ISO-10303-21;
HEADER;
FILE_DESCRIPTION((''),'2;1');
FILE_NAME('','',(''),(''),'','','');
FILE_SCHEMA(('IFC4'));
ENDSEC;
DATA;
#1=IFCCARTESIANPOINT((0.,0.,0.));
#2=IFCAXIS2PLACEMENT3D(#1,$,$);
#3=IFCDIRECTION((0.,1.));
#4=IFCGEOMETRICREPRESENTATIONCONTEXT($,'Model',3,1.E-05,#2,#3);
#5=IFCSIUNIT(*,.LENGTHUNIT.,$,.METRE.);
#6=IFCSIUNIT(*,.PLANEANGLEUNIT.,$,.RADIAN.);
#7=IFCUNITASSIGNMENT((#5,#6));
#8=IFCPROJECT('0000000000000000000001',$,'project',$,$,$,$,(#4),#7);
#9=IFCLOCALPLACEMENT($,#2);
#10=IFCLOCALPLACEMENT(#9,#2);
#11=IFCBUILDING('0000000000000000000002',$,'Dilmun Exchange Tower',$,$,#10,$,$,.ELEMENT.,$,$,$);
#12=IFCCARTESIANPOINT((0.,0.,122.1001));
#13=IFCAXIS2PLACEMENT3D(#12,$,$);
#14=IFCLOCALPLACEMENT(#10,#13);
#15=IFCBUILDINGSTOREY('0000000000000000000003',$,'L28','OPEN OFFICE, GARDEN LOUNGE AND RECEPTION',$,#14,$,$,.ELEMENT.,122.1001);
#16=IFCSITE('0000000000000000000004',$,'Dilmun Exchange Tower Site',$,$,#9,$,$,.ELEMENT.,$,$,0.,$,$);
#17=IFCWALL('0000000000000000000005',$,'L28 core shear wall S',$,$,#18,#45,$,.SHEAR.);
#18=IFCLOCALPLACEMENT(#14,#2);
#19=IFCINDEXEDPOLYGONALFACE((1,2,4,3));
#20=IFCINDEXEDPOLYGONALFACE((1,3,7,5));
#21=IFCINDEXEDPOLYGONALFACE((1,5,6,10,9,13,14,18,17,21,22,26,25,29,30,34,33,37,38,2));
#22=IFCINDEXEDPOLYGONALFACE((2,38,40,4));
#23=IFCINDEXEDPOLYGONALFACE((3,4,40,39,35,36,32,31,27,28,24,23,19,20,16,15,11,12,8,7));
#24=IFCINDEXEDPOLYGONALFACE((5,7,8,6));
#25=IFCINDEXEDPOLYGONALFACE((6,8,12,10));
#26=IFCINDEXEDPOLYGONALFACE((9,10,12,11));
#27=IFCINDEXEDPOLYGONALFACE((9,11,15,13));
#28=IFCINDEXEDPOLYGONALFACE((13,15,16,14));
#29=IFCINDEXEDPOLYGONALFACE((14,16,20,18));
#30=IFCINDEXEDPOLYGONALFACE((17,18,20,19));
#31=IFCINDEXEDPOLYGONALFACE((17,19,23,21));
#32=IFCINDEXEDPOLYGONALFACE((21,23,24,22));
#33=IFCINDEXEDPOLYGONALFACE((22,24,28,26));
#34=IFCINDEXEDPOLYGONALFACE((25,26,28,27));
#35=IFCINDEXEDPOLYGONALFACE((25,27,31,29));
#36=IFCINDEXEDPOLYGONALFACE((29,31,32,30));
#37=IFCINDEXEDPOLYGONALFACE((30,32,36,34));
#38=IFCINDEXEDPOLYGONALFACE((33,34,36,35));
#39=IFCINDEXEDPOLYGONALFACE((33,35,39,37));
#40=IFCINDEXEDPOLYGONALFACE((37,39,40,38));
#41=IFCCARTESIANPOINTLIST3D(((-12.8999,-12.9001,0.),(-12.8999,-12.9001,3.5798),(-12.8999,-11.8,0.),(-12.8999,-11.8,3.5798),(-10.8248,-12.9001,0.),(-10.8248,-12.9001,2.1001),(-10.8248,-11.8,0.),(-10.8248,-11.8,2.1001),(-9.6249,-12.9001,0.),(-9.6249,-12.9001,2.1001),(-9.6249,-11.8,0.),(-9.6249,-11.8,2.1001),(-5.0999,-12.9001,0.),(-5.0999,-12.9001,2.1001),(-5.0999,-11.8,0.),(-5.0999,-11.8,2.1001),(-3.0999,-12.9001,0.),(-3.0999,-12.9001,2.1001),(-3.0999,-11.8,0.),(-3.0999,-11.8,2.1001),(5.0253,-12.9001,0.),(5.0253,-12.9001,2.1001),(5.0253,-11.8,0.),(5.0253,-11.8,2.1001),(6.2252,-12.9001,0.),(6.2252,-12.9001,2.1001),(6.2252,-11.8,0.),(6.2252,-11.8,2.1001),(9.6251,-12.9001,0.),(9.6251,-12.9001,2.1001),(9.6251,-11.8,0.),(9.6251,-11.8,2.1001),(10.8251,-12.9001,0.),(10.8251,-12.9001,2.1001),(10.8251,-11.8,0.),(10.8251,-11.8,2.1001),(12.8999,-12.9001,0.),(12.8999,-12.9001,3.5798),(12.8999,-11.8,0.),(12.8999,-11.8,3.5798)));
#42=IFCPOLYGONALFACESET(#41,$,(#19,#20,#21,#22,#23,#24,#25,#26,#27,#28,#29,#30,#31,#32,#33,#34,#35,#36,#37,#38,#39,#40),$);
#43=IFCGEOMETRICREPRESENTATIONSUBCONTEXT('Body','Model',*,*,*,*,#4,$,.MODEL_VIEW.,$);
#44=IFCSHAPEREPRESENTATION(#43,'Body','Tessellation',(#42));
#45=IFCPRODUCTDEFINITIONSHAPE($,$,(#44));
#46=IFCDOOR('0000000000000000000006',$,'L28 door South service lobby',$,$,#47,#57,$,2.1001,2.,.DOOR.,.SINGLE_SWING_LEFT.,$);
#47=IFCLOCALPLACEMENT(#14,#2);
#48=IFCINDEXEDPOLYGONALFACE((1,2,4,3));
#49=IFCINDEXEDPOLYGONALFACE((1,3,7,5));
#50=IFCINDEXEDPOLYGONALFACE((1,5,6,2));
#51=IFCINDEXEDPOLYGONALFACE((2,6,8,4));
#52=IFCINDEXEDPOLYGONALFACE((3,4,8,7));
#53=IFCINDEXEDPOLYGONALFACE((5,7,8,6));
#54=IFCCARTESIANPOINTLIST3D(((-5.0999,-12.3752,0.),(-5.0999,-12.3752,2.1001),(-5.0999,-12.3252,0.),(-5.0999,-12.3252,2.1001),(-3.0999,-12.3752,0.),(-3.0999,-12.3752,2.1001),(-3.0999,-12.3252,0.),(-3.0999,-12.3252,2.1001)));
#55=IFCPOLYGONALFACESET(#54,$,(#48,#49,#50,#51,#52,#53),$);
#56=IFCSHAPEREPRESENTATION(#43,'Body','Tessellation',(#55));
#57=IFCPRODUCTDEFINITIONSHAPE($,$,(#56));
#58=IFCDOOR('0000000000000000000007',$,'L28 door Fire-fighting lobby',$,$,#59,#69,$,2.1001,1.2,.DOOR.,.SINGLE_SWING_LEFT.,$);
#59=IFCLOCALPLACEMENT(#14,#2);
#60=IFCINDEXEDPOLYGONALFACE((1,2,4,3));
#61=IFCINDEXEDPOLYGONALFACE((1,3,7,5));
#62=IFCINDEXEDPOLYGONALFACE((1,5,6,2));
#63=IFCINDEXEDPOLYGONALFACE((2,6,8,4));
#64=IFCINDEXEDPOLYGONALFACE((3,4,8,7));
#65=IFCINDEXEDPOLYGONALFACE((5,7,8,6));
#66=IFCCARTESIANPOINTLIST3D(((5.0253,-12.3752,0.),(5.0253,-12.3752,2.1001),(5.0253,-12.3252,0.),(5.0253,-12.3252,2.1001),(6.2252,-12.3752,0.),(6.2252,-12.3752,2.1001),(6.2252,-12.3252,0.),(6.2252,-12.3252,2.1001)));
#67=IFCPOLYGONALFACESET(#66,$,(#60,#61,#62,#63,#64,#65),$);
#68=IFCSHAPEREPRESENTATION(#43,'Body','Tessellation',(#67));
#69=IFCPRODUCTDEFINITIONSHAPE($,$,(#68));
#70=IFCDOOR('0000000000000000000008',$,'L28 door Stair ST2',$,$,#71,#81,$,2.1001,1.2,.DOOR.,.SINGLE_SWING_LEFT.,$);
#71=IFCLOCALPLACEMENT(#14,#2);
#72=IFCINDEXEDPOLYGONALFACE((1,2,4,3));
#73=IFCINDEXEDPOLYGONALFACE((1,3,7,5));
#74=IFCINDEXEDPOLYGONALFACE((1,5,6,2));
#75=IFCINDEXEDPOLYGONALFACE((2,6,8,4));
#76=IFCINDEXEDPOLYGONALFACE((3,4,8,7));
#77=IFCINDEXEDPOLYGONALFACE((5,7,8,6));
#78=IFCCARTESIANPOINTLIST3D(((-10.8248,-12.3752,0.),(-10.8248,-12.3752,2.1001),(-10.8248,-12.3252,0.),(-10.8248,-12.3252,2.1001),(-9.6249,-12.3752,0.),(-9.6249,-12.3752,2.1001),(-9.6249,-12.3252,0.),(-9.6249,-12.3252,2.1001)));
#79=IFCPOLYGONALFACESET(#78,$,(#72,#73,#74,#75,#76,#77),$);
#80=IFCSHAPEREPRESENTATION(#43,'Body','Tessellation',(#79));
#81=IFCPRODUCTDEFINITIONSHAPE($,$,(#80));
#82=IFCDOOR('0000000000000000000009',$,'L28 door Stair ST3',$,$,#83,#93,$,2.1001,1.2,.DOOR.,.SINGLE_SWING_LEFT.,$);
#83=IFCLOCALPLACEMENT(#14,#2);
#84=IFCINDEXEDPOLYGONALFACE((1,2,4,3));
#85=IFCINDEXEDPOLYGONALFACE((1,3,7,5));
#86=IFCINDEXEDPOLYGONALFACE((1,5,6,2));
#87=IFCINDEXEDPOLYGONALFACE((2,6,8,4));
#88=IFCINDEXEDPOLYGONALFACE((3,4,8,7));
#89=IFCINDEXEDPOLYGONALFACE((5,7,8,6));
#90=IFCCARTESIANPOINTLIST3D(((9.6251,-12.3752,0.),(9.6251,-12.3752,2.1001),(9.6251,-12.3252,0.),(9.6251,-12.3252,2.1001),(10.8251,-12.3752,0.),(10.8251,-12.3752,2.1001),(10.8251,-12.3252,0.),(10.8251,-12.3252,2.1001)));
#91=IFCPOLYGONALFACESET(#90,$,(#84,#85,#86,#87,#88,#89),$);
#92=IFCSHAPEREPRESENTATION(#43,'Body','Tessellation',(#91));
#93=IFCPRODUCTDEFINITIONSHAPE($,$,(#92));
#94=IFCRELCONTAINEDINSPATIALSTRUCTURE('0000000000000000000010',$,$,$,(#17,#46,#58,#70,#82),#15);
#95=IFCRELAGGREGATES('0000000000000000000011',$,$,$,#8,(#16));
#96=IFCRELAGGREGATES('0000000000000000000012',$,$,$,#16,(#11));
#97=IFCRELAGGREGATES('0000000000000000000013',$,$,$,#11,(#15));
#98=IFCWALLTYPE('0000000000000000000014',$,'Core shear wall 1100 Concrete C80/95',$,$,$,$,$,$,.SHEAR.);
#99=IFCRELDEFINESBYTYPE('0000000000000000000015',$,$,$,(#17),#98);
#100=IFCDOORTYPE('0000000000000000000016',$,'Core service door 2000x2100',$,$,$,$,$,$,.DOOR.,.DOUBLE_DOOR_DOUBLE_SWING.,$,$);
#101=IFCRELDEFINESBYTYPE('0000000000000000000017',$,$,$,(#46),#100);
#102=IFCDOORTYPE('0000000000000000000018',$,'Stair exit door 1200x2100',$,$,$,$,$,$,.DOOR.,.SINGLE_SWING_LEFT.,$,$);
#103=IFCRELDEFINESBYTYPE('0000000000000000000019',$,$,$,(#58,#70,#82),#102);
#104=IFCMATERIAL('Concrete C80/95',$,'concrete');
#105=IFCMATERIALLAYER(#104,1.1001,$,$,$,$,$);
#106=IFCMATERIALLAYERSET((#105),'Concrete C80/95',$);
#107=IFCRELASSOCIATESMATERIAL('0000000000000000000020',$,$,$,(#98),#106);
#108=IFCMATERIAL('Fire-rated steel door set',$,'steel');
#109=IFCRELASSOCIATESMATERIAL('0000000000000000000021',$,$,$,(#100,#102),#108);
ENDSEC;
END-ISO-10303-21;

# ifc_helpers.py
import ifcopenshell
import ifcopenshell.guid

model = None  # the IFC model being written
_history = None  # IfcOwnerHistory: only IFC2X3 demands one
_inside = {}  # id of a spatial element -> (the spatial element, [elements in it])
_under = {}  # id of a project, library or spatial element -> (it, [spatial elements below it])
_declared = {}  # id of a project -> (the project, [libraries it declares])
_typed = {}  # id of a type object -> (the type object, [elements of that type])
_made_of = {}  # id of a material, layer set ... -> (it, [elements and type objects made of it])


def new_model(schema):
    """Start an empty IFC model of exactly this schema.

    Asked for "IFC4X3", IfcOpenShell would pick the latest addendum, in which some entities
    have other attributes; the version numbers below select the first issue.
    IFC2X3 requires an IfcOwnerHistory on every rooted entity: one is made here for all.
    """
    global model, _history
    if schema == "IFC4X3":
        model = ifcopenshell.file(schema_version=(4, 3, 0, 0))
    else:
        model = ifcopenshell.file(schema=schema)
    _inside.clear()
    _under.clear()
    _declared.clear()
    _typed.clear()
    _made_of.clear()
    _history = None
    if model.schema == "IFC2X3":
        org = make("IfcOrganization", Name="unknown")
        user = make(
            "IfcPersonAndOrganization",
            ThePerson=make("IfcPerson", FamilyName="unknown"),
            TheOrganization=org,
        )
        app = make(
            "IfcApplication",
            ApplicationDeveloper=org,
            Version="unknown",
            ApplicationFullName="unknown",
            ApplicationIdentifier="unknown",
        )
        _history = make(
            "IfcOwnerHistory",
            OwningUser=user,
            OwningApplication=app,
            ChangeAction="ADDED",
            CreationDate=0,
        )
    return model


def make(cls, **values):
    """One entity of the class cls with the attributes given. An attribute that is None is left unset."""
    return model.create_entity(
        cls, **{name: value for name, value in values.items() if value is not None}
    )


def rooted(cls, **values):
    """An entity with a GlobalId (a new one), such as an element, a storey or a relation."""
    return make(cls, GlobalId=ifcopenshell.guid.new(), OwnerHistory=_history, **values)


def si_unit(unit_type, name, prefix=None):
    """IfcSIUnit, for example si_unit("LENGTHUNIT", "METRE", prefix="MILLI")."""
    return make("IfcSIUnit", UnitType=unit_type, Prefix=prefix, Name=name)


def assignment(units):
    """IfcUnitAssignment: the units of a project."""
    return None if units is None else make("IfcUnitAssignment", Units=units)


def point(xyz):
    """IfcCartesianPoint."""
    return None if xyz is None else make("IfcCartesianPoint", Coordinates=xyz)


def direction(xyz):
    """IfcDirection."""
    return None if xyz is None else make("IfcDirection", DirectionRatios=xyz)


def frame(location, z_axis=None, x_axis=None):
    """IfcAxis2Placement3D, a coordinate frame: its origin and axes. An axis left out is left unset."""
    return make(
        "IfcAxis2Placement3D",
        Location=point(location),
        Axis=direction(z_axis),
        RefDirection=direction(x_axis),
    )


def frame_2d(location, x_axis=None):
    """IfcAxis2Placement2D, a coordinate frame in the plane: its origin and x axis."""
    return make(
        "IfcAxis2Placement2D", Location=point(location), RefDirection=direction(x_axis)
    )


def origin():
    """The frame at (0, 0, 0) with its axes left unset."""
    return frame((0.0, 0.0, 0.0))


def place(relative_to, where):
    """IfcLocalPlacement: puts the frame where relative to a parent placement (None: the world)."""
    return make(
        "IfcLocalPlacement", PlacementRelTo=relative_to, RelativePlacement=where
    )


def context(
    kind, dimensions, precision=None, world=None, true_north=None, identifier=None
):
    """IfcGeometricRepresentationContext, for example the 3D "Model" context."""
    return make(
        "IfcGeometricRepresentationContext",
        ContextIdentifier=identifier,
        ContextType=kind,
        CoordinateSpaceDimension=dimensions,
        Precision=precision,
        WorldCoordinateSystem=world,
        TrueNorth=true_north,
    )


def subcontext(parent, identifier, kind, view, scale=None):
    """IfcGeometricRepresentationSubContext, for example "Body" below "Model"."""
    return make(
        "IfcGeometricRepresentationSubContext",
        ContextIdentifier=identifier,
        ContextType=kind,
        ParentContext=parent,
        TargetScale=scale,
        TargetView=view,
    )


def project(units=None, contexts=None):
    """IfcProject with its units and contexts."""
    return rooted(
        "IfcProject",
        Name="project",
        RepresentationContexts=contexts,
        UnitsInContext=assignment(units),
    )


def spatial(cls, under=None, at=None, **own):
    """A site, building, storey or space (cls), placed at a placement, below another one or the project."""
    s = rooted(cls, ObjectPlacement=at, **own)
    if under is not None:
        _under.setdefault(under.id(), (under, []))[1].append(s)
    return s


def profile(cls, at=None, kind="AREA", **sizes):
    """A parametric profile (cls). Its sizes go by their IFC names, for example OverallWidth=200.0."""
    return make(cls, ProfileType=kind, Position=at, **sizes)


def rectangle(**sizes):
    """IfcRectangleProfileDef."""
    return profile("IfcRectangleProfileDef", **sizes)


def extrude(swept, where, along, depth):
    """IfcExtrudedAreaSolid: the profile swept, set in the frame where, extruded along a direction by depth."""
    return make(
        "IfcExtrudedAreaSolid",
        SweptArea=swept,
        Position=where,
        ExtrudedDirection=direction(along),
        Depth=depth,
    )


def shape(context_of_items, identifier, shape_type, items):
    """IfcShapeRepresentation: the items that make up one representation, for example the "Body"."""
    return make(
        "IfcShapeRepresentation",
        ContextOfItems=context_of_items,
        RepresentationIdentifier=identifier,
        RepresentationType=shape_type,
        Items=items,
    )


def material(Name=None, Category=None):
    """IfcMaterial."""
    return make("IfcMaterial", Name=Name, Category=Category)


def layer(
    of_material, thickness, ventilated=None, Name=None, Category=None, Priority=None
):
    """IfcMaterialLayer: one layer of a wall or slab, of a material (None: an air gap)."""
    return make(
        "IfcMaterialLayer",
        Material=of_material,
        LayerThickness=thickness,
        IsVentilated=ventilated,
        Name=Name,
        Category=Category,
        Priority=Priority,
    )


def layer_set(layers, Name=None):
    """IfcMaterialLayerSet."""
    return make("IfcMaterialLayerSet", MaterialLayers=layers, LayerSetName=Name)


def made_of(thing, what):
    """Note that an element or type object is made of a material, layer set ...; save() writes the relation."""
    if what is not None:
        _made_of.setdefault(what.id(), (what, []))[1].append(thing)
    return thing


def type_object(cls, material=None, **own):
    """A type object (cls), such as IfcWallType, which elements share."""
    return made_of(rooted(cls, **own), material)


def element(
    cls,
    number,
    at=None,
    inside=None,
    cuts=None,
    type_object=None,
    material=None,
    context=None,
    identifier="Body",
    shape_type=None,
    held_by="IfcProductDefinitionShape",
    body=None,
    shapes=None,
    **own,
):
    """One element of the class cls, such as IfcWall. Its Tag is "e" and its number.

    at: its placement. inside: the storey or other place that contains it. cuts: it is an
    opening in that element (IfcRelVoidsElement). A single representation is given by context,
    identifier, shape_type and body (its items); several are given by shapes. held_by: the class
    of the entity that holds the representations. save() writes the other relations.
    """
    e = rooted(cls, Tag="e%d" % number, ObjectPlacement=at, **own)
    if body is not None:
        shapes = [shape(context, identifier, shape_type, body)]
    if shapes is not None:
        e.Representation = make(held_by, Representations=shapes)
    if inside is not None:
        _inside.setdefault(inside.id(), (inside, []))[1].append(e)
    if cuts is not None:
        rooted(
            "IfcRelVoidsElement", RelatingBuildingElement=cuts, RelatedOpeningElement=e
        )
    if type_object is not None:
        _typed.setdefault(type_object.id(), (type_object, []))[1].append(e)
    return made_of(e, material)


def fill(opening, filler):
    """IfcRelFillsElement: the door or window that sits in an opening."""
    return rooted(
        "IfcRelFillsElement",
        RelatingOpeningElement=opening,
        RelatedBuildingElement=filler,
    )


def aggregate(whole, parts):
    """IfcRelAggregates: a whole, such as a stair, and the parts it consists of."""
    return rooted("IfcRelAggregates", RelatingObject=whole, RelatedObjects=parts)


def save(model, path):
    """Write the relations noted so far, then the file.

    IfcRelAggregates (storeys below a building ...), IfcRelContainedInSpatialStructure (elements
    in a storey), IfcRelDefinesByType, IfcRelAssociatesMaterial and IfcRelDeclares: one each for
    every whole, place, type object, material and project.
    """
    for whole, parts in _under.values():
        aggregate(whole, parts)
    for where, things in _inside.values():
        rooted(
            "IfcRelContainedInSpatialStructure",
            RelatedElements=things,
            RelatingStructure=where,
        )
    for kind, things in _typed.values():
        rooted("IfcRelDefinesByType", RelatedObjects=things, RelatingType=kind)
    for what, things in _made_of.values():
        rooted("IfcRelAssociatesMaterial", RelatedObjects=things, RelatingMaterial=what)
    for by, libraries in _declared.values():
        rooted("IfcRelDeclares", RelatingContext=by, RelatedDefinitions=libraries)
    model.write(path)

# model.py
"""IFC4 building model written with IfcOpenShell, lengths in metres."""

from ifc_helpers import new_model, si_unit, direction, frame, frame_2d, origin, place, context, subcontext, project, spatial, rectangle, extrude, material, layer, layer_set, type_object, element, fill, save


model = new_model("IFC4")

# Units and contexts
model_context = context("Model", 3, precision=1e-05, world=origin(), true_north=direction((0.0, 1.0)))
body_context = subcontext(model_context, "Body", "Model", "MODEL_VIEW")
ifc_project = project(units=[si_unit("LENGTHUNIT", "METRE"), si_unit("PLANEANGLEUNIT", "RADIAN")], contexts=[model_context])

# Site, building, storey
site_placement = place(None, origin())
site = spatial("IfcSite", under=ifc_project, at=site_placement, Name="Dilmun Exchange Tower Site", CompositionType="ELEMENT", RefElevation=0.0)
building_placement = place(site_placement, origin())
building = spatial("IfcBuilding", under=site, at=building_placement, Name="Dilmun Exchange Tower", CompositionType="ELEMENT")
storey_placement = place(building_placement, frame((0.0, 0.0, 122.1001)))
storey = spatial("IfcBuildingStorey", under=building, at=storey_placement, Name="L28", Description="OPEN OFFICE, GARDEN LOUNGE AND RECEPTION", CompositionType="ELEMENT", Elevation=122.1001)

# Wall, openings, doors
ifc_material_1 = material(Name="Concrete C80/95", Category="concrete")
ifc_layer_1 = layer(ifc_material_1, 1.1001)
ifc_layer_set_1 = layer_set([ifc_layer_1], Name="Concrete C80/95")
wall_type_1 = type_object("IfcWallType", Name="Core shear wall 1100 Concrete C80/95", PredefinedType="SHEAR", material=ifc_layer_set_1)
wall_1_placement = place(storey_placement, frame((-12.8999, -12.3501, 0.0), z_axis=(0.0, 0.0, 1.0), x_axis=(1.0, 0.0, 0.0)))
wall_1 = element("IfcWall", 1, at=wall_1_placement, inside=storey, type_object=wall_type_1, Name="L28 core shear wall S", PredefinedType="SHEAR", context=body_context, shape_type="SweptSolid", body=[
    extrude(rectangle(XDim=25.7998, YDim=1.1001, at=frame_2d((12.8999, 0.0))), origin(), (0.0, 0.0, 1.0), 3.5798),
])
opening_1_placement = place(wall_1_placement, frame((7.8, 0.0, 0.0)))
opening_1 = element("IfcOpeningElement", 2, at=opening_1_placement, cuts=wall_1, PredefinedType="OPENING", context=body_context, shape_type="SweptSolid", body=[
    extrude(rectangle(XDim=2.0, YDim=2.1001, at=frame_2d((1.0, 1.05))), frame((0.0, 0.5601, 0.0), z_axis=(0.0, -1.0, 0.0), x_axis=(1.0, 0.0, 0.0)), (0.0, 0.0, 1.0), 1.1201),
])
opening_2_placement = place(wall_1_placement, frame((17.925, 0.0, 0.0)))
opening_2 = element("IfcOpeningElement", 3, at=opening_2_placement, cuts=wall_1, PredefinedType="OPENING", context=body_context, shape_type="SweptSolid", body=[
    extrude(rectangle(XDim=1.2, YDim=2.1001, at=frame_2d((0.6001, 1.05))), frame((0.0, 0.5601, 0.0), z_axis=(0.0, -1.0, 0.0), x_axis=(1.0, 0.0, 0.0)), (0.0, 0.0, 1.0), 1.1201),
])
opening_3_placement = place(wall_1_placement, frame((2.075, 0.0, 0.0)))
opening_3 = element("IfcOpeningElement", 4, at=opening_3_placement, cuts=wall_1, PredefinedType="OPENING", context=body_context, shape_type="SweptSolid", body=[
    extrude(rectangle(XDim=1.2, YDim=2.1001, at=frame_2d((0.6001, 1.05))), frame((0.0, 0.5601, 0.0), z_axis=(0.0, -1.0, 0.0), x_axis=(1.0, 0.0, 0.0)), (0.0, 0.0, 1.0), 1.1201),
])
opening_4_placement = place(wall_1_placement, frame((22.5249, 0.0, 0.0)))
opening_4 = element("IfcOpeningElement", 5, at=opening_4_placement, cuts=wall_1, PredefinedType="OPENING", context=body_context, shape_type="SweptSolid", body=[
    extrude(rectangle(XDim=1.2, YDim=2.1001, at=frame_2d((0.6001, 1.05))), frame((0.0, 0.5601, 0.0), z_axis=(0.0, -1.0, 0.0), x_axis=(1.0, 0.0, 0.0)), (0.0, 0.0, 1.0), 1.1201),
])
ifc_material_2 = material(Name="Fire-rated steel door set", Category="steel")
door_type_1 = type_object("IfcDoorType", Name="Core service door 2000x2100", OperationType="DOUBLE_DOOR_DOUBLE_SWING", PredefinedType="DOOR", material=ifc_material_2)
door_1_placement = place(opening_1_placement, origin())
door_1 = element("IfcDoor", 6, at=door_1_placement, inside=storey, type_object=door_type_1, Name="L28 door South service lobby", OperationType="SINGLE_SWING_LEFT", OverallHeight=2.1001, OverallWidth=2.0, PredefinedType="DOOR", context=body_context, shape_type="SweptSolid", body=[
    extrude(rectangle(XDim=2.0, YDim=2.1001, at=frame_2d((1.0, 1.05))), frame((0.0, 0.0249, 0.0), z_axis=(0.0, -1.0, 0.0), x_axis=(1.0, 0.0, 0.0)), (0.0, 0.0, 1.0), 0.05),
])
fill(opening_1, door_1)
door_type_2 = type_object("IfcDoorType", Name="Stair exit door 1200x2100", OperationType="SINGLE_SWING_LEFT", PredefinedType="DOOR", material=ifc_material_2)
door_2_placement = place(opening_2_placement, origin())
door_2 = element("IfcDoor", 7, at=door_2_placement, inside=storey, type_object=door_type_2, Name="L28 door Fire-fighting lobby", OperationType="SINGLE_SWING_LEFT", OverallHeight=2.1001, OverallWidth=1.2, PredefinedType="DOOR", context=body_context, shape_type="SweptSolid", body=[
    extrude(rectangle(XDim=1.2, YDim=2.1001, at=frame_2d((0.6001, 1.05))), frame((0.0, 0.0249, 0.0), z_axis=(0.0, -1.0, 0.0), x_axis=(1.0, 0.0, 0.0)), (0.0, 0.0, 1.0), 0.05),
])
fill(opening_2, door_2)
door_3_placement = place(opening_3_placement, origin())
door_3 = element("IfcDoor", 8, at=door_3_placement, inside=storey, type_object=door_type_2, Name="L28 door Stair ST2", OperationType="SINGLE_SWING_LEFT", OverallHeight=2.1001, OverallWidth=1.2, PredefinedType="DOOR", context=body_context, shape_type="SweptSolid", body=[
    extrude(rectangle(XDim=1.2, YDim=2.1001, at=frame_2d((0.6001, 1.05))), frame((0.0, 0.0249, 0.0), z_axis=(0.0, -1.0, 0.0), x_axis=(1.0, 0.0, 0.0)), (0.0, 0.0, 1.0), 0.05),
])
fill(opening_3, door_3)
door_4_placement = place(opening_4_placement, origin())
door_4 = element("IfcDoor", 9, at=door_4_placement, inside=storey, type_object=door_type_2, Name="L28 door Stair ST3", OperationType="SINGLE_SWING_LEFT", OverallHeight=2.1001, OverallWidth=1.2, PredefinedType="DOOR", context=body_context, shape_type="SweptSolid", body=[
    extrude(rectangle(XDim=1.2, YDim=2.1001, at=frame_2d((0.6001, 1.05))), frame((0.0, 0.0249, 0.0), z_axis=(0.0, -1.0, 0.0), x_axis=(1.0, 0.0, 0.0)), (0.0, 0.0, 1.0), 0.05),
])
fill(opening_4, door_4)

save(model, "model.ifc")
